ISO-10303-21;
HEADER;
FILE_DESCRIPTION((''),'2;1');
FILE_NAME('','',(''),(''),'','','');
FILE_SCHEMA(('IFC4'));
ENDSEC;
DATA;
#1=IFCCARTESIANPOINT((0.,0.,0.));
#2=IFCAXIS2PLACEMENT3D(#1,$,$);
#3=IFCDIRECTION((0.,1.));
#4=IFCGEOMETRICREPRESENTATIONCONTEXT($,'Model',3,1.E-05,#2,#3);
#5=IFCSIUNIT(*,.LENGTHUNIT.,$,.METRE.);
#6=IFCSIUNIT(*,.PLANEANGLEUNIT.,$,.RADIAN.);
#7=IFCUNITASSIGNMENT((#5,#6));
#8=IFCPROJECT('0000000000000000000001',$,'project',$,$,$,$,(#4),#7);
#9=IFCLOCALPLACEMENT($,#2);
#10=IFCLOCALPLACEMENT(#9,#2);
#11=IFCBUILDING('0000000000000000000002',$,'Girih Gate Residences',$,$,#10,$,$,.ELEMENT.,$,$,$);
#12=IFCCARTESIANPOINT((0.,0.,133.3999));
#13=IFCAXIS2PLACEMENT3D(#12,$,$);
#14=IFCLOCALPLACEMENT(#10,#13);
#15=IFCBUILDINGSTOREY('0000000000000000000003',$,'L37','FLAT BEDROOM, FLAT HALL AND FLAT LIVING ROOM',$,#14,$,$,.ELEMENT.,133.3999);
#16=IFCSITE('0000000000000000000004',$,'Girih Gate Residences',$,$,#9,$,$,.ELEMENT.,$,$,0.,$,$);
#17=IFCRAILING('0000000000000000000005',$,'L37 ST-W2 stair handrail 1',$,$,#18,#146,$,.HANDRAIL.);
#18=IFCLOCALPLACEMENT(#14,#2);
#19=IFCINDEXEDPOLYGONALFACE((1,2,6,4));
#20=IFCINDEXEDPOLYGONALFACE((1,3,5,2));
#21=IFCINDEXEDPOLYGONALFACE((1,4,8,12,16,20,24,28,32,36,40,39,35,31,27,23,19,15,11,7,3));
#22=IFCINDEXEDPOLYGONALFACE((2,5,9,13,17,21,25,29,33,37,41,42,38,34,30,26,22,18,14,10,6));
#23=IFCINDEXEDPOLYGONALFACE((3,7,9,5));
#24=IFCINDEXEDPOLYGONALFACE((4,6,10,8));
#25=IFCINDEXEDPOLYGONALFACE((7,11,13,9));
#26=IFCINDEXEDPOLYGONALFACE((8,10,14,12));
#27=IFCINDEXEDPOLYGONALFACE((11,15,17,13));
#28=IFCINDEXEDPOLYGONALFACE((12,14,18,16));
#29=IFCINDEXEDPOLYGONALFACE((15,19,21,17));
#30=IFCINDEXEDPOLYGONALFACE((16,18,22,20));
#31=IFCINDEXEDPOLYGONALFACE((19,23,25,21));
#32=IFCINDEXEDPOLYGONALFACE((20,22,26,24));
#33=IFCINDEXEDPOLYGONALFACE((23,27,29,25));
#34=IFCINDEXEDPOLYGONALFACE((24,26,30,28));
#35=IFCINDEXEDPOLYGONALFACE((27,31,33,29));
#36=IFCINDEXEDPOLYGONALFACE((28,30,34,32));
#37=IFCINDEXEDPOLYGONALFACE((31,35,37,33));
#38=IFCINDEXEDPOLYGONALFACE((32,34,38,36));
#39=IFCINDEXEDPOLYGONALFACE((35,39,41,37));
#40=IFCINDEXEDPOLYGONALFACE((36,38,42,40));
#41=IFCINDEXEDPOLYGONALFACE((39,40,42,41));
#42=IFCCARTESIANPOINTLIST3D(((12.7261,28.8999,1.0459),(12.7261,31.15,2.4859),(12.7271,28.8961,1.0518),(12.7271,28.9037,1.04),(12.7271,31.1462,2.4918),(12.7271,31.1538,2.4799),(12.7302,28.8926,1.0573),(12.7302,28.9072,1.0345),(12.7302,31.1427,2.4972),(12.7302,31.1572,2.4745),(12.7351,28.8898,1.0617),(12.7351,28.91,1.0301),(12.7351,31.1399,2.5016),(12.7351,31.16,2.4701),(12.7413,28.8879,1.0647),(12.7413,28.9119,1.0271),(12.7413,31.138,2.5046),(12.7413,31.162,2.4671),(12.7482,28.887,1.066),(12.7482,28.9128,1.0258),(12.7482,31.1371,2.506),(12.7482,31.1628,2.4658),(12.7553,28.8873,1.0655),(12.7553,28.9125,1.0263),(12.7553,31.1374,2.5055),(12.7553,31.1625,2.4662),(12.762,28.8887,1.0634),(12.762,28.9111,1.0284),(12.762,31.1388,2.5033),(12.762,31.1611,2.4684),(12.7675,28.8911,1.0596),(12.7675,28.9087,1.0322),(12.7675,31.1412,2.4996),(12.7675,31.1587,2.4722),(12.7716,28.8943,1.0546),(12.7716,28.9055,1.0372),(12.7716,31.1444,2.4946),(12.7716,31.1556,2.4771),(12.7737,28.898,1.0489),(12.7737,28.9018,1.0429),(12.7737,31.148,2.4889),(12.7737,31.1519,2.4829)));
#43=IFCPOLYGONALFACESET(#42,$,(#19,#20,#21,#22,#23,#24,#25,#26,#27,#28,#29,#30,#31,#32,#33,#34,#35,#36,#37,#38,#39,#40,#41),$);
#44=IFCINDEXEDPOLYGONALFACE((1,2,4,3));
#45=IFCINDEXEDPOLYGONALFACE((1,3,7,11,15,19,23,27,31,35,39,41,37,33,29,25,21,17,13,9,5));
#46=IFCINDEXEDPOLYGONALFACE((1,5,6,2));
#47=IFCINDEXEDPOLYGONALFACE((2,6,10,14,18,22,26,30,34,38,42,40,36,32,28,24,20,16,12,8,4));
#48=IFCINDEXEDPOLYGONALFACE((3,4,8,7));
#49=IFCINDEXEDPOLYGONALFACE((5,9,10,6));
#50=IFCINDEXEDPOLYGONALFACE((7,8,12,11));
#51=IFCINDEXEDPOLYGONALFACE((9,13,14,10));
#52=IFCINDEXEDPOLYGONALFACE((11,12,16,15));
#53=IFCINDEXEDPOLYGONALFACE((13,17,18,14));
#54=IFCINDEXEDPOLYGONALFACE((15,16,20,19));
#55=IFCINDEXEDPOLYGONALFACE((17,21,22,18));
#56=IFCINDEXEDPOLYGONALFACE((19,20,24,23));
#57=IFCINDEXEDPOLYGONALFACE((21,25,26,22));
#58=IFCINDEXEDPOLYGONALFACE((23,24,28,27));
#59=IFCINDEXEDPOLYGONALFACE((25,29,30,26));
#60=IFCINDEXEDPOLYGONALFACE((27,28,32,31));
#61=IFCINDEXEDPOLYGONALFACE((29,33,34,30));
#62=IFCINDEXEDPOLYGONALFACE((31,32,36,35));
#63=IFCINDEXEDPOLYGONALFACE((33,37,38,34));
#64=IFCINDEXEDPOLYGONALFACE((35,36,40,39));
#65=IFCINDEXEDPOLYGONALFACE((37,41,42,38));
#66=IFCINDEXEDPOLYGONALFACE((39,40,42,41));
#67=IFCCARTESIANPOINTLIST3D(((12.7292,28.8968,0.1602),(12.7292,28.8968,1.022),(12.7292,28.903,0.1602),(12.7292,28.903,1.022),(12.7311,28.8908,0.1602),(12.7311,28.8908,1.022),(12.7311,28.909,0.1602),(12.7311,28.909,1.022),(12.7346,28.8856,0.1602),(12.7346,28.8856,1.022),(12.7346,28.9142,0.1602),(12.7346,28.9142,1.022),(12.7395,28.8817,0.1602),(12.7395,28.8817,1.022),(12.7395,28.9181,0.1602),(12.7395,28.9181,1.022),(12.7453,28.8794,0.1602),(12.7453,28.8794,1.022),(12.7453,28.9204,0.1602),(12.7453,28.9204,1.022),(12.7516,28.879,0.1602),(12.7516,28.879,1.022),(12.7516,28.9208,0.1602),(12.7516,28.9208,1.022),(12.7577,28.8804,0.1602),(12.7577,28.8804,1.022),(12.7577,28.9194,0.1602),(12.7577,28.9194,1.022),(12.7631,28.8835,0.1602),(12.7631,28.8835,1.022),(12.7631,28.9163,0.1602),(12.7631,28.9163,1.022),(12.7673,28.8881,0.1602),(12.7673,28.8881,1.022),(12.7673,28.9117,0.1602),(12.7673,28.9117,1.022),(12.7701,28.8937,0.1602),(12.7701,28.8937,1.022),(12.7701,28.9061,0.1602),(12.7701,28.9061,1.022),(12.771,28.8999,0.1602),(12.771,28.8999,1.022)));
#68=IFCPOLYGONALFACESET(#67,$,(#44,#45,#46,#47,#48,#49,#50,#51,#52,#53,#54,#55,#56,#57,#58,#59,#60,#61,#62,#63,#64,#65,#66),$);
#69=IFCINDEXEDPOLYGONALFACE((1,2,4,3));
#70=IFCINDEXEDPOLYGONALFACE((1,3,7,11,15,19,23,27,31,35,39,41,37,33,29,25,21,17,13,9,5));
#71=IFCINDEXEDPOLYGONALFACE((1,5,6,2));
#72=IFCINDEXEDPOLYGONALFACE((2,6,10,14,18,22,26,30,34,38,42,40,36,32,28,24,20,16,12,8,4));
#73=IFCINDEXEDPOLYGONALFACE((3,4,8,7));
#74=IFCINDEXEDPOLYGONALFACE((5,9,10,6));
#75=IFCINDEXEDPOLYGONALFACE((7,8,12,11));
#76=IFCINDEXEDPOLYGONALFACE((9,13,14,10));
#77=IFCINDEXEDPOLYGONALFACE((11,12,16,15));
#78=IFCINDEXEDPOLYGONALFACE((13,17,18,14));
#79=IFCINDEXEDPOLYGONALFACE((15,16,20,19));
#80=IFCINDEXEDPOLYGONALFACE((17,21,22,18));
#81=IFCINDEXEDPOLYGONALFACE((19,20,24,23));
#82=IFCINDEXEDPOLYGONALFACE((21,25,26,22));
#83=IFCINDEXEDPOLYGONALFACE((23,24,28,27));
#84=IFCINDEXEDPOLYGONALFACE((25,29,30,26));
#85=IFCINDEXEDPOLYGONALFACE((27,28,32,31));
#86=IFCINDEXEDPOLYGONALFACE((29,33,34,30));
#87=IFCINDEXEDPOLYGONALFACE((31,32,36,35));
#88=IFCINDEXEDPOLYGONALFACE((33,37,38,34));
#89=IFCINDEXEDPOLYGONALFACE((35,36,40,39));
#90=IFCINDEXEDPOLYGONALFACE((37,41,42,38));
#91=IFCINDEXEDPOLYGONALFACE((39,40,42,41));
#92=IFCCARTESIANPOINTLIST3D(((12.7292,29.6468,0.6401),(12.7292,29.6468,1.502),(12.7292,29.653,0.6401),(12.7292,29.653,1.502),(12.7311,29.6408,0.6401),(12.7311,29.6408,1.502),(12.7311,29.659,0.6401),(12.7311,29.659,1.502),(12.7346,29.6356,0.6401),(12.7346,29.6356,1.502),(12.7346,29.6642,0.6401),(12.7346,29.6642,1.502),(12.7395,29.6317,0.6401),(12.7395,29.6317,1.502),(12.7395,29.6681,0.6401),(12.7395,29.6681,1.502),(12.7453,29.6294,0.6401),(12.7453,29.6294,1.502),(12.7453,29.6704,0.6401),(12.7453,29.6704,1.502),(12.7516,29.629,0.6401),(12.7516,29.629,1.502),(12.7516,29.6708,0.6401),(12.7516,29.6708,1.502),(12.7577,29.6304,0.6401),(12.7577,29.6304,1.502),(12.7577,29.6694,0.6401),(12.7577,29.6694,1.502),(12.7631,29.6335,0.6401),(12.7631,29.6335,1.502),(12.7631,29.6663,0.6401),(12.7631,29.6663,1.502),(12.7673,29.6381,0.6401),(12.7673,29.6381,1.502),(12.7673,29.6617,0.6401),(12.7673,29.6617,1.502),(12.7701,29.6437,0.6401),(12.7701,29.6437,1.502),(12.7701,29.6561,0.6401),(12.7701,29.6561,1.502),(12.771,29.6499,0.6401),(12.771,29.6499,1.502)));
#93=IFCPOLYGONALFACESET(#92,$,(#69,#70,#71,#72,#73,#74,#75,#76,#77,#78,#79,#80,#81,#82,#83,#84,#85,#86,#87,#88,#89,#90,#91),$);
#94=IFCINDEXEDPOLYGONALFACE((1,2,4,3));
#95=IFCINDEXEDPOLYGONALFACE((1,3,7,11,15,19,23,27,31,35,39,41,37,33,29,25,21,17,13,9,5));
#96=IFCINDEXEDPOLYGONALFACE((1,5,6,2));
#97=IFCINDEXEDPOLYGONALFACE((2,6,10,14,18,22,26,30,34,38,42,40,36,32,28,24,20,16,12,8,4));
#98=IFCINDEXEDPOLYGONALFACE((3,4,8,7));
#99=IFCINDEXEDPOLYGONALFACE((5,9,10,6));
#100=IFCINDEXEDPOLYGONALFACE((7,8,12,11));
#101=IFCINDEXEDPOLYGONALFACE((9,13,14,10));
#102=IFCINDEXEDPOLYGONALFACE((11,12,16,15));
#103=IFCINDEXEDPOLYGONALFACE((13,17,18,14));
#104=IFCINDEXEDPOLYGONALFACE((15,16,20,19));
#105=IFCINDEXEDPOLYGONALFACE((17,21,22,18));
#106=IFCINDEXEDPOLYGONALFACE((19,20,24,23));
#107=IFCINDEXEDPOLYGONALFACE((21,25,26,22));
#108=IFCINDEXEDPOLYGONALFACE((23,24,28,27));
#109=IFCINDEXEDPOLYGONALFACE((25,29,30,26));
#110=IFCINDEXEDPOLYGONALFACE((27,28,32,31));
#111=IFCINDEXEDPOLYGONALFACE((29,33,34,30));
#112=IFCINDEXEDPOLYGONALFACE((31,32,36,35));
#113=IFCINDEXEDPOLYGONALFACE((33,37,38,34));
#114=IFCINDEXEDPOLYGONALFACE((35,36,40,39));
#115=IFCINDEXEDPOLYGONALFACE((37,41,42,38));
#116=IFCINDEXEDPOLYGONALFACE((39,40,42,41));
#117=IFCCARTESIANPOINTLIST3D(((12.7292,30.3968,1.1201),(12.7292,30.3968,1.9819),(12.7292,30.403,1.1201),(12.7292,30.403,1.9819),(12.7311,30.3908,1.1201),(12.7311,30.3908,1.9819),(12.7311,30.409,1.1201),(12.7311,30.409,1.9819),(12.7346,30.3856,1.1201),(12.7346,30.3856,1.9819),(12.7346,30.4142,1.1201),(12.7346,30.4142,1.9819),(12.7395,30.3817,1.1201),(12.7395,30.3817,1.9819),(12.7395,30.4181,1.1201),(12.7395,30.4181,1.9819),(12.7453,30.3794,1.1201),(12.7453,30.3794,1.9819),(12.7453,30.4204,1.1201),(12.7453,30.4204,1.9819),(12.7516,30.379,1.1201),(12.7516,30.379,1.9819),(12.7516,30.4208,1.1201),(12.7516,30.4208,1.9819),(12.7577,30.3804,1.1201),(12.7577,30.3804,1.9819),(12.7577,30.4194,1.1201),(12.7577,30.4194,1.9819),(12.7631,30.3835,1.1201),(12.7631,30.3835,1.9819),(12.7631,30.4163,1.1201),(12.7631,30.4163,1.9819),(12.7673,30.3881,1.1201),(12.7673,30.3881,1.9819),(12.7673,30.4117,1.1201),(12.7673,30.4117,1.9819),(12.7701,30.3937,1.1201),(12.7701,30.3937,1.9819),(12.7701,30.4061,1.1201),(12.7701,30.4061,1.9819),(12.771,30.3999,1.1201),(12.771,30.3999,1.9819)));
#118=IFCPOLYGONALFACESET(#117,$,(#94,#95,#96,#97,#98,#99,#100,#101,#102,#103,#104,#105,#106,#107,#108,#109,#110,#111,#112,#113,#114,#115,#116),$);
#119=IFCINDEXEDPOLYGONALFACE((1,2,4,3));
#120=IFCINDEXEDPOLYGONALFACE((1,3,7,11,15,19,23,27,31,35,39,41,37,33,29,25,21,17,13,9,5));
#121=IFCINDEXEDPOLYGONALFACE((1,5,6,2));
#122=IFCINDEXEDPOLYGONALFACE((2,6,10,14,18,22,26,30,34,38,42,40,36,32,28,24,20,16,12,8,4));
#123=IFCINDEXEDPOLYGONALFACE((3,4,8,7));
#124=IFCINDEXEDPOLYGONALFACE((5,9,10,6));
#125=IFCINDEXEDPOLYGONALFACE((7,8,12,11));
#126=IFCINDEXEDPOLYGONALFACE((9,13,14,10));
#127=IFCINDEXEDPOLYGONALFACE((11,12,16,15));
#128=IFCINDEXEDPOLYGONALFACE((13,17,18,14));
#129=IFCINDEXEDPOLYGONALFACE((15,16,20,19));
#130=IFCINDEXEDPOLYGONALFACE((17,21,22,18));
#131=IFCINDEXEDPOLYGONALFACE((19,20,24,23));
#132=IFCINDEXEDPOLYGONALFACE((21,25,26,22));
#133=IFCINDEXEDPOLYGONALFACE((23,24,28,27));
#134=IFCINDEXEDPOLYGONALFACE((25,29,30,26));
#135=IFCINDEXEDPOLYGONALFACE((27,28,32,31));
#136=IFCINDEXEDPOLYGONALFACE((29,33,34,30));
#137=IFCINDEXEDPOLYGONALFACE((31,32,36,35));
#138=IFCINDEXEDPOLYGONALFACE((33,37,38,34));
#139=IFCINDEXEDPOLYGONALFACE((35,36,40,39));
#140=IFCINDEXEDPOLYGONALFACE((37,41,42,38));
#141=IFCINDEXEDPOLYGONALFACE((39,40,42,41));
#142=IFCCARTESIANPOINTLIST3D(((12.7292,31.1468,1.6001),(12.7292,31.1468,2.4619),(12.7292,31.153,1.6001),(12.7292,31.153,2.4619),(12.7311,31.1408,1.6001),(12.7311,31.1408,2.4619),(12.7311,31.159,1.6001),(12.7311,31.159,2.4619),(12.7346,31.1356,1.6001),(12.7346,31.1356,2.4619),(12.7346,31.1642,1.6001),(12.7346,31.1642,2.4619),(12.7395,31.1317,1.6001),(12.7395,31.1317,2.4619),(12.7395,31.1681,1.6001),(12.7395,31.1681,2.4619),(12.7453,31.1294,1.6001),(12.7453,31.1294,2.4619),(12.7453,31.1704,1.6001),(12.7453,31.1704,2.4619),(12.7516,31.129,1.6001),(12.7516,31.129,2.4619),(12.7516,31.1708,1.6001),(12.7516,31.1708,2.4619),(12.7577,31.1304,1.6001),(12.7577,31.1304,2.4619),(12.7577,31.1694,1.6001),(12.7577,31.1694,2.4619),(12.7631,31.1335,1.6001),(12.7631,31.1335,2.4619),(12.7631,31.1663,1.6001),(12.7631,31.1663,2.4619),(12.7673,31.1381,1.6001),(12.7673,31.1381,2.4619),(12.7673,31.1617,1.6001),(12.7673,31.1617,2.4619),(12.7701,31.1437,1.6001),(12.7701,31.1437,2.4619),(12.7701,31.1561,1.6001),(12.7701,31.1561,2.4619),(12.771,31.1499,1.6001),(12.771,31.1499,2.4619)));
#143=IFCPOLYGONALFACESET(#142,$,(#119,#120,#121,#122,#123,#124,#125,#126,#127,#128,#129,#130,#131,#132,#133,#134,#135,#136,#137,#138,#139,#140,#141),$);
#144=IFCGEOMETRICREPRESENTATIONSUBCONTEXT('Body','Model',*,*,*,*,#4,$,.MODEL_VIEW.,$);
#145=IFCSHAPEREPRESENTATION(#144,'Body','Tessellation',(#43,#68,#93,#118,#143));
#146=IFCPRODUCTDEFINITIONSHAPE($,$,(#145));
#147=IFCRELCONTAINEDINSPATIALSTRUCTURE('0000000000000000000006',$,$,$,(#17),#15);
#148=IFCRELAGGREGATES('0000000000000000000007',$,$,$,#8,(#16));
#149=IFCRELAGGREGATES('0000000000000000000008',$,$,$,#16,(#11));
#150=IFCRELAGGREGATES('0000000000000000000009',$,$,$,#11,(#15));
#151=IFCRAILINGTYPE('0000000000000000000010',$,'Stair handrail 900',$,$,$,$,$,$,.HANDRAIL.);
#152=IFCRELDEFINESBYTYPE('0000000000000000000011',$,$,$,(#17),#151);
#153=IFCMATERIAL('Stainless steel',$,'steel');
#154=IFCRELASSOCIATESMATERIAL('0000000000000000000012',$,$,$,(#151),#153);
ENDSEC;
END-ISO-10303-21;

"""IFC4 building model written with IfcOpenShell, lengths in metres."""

from ifc_helpers import new_model, si_unit, direction, frame, origin, origin_2d, place, context, subcontext, project, spatial, circle, extrude, material, type_object, element, save


model = new_model("IFC4")

# Units and contexts
model_context = context("Model", 3, precision=1e-05, world=origin(), true_north=direction((0.0, 1.0)))
body_context = subcontext(model_context, "Body", "Model", "MODEL_VIEW")
ifc_project = project(units=[si_unit("LENGTHUNIT", "METRE"), si_unit("PLANEANGLEUNIT", "RADIAN")], contexts=[model_context])

# Site, building, storey
site_placement = place(None, origin())
site = spatial("IfcSite", under=ifc_project, at=site_placement, Name="Girih Gate Residences", CompositionType="ELEMENT", RefElevation=0.0)
building_placement = place(site_placement, origin())
building = spatial("IfcBuilding", under=site, at=building_placement, Name="Girih Gate Residences", CompositionType="ELEMENT")
storey_placement = place(building_placement, frame((0.0, 0.0, 133.3999)))
storey = spatial("IfcBuildingStorey", under=building, at=storey_placement, Name="L37", Description="FLAT BEDROOM, FLAT HALL AND FLAT LIVING ROOM", CompositionType="ELEMENT", Elevation=133.3999)

# Railing
ifc_material_1 = material(Name="Stainless steel", Category="steel")
railing_type_1 = type_object("IfcRailingType", Name="Stair handrail 900", PredefinedType="HANDRAIL", material=ifc_material_1)
railing_1_placement = place(storey_placement, frame((12.75, 28.8999, 0.1602)))
element("IfcRailing", 1, at=railing_1_placement, inside=storey, type_object=railing_type_1, Name="L37 ST-W2 stair handrail 1", PredefinedType="HANDRAIL", context=body_context, shape_type="SweptSolid", body=[
    extrude(circle(Radius=0.0239, at=origin_2d()), frame((0.0, 0.0, 0.8857), z_axis=(0.0, 0.842281, 0.539038), x_axis=(-1.0, 0.0, 0.0)), (0.0, 0.0, 1.0), 2.6714),
    extrude(circle(Radius=0.021, at=origin_2d()), origin(), (0.0, 0.0, 1.0), 0.8618),
    extrude(circle(Radius=0.021, at=origin_2d()), frame((0.0, 0.75, 0.48)), (0.0, 0.0, 1.0), 0.8618),
    extrude(circle(Radius=0.021, at=origin_2d()), frame((0.0, 1.5, 0.96)), (0.0, 0.0, 1.0), 0.8618),
    extrude(circle(Radius=0.021, at=origin_2d()), frame((0.0, 2.25, 1.4399)), (0.0, 0.0, 1.0), 0.8618),
])

save(model, "model.ifc")
